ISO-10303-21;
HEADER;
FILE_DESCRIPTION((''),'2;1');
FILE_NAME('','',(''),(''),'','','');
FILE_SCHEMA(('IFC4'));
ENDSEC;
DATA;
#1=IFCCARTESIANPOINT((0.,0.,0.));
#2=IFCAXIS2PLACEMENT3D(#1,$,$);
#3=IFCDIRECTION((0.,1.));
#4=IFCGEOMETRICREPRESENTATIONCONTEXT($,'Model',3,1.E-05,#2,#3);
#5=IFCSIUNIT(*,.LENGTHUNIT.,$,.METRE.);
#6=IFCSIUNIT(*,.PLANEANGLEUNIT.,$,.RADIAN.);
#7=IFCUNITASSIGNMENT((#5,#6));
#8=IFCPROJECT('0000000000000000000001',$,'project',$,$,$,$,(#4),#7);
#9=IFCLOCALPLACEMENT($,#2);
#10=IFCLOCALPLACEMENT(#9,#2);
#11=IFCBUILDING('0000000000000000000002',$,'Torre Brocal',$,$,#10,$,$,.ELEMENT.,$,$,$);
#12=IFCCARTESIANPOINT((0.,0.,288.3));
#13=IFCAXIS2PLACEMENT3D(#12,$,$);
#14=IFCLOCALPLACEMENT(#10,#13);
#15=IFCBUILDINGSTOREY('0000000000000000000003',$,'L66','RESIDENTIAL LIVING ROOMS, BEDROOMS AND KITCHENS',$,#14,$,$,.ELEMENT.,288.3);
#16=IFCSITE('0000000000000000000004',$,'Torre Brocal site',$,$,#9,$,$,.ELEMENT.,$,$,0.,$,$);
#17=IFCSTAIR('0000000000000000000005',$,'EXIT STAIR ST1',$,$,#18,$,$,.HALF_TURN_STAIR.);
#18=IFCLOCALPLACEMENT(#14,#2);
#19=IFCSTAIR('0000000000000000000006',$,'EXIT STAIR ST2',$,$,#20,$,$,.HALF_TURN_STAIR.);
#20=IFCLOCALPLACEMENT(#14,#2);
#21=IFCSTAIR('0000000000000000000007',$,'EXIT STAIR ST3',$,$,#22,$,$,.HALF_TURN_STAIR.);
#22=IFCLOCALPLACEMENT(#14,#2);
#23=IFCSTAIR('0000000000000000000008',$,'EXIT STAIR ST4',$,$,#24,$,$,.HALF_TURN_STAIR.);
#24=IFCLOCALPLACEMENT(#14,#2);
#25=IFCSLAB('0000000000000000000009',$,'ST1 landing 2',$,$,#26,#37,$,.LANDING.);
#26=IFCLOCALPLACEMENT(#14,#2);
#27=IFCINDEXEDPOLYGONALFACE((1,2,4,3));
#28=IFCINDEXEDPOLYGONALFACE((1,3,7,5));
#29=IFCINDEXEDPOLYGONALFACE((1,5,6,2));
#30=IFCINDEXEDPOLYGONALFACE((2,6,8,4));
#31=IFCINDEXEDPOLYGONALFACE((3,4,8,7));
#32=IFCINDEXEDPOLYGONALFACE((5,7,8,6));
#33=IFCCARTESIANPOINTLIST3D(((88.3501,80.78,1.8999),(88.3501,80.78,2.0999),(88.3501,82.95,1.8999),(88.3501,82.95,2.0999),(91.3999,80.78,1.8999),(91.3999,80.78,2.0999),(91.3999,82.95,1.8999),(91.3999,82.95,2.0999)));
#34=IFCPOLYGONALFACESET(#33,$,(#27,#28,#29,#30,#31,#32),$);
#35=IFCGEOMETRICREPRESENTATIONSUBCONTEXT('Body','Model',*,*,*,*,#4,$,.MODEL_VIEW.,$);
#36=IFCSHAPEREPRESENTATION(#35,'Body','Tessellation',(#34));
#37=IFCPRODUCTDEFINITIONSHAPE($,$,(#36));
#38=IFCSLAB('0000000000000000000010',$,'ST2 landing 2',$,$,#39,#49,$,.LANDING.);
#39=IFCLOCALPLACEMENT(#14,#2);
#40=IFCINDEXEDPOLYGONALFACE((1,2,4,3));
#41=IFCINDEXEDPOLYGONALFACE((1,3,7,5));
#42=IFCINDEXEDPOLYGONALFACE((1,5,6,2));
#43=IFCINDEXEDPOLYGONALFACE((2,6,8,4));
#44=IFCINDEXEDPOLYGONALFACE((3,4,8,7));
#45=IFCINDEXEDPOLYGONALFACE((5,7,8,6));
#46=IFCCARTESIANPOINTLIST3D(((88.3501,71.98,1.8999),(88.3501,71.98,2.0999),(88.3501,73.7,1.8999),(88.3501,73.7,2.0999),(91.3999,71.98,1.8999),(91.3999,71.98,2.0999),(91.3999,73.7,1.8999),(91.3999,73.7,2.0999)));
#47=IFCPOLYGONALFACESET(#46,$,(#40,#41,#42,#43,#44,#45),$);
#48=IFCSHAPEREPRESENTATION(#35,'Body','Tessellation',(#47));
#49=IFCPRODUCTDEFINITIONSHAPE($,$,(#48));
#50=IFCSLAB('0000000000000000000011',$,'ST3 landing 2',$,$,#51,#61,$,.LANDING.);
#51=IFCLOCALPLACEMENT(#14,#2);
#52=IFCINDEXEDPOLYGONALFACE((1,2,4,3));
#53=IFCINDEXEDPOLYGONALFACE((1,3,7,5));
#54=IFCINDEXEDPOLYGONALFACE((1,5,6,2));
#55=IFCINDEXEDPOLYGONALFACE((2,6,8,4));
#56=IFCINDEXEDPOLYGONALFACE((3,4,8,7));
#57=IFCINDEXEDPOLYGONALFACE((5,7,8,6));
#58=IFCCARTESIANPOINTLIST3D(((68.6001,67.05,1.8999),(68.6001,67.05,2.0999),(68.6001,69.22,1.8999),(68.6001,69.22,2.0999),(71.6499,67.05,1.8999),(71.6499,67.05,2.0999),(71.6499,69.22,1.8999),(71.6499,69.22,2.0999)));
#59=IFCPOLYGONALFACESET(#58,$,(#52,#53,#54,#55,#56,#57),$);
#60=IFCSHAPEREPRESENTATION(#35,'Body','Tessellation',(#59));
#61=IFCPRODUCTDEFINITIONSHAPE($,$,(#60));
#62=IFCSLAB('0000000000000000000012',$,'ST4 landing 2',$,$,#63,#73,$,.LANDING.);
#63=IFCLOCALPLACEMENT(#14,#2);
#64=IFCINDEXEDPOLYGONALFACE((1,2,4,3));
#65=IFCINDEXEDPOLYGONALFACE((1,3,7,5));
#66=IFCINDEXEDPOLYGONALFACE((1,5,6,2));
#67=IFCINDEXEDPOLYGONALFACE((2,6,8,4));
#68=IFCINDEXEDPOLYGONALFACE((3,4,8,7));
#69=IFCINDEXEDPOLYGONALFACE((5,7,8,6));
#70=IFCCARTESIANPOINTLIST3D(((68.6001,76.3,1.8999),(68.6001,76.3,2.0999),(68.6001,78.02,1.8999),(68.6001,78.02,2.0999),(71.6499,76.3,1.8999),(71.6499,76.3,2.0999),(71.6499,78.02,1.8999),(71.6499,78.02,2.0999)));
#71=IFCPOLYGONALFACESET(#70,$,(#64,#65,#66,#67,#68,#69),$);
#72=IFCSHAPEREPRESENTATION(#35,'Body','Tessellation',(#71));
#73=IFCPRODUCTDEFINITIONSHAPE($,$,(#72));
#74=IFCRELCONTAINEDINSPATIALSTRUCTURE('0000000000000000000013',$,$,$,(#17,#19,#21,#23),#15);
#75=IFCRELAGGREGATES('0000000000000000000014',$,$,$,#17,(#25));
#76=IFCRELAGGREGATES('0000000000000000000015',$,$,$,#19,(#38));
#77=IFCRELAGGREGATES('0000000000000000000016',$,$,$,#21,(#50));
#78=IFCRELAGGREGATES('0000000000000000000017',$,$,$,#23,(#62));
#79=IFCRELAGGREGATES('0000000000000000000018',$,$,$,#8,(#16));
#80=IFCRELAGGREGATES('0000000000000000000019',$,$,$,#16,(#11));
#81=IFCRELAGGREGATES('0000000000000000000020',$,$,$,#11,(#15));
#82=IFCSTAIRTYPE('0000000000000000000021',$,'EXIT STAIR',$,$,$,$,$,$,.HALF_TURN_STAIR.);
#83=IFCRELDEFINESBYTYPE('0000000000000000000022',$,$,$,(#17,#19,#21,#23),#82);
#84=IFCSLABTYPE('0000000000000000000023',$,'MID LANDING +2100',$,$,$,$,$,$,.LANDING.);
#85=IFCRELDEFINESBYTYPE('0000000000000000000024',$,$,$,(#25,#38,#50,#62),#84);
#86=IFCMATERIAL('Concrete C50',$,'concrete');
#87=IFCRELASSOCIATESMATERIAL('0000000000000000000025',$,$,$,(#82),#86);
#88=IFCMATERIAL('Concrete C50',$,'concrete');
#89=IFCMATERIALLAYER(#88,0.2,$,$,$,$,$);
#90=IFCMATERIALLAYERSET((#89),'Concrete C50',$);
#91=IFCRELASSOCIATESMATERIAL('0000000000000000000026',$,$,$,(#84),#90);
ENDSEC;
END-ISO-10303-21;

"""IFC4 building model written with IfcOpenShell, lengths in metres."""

from ifc_helpers import new_model, si_unit, direction, frame, origin, place, context, subcontext, project, spatial, polyline, outline, extrude, material, layer, layer_set, type_object, element, aggregate, save


model = new_model("IFC4")

# Units and contexts
model_context = context("Model", 3, precision=1e-05, world=origin(), true_north=direction((0.0, 1.0)))
body_context = subcontext(model_context, "Body", "Model", "MODEL_VIEW")
ifc_project = project(units=[si_unit("LENGTHUNIT", "METRE"), si_unit("PLANEANGLEUNIT", "RADIAN")], contexts=[model_context])

# Site, building, storey
site_placement = place(None, origin())
site = spatial("IfcSite", under=ifc_project, at=site_placement, Name="Torre Brocal site", CompositionType="ELEMENT", RefElevation=0.0)
building_placement = place(site_placement, origin())
building = spatial("IfcBuilding", under=site, at=building_placement, Name="Torre Brocal", CompositionType="ELEMENT")
storey_placement = place(building_placement, frame((0.0, 0.0, 288.3)))
storey = spatial("IfcBuildingStorey", under=building, at=storey_placement, Name="L66", Description="RESIDENTIAL LIVING ROOMS, BEDROOMS AND KITCHENS", CompositionType="ELEMENT", Elevation=288.3)

# Stairs
ifc_material_1 = material(Name="Concrete C50", Category="concrete")
stair_type = type_object("IfcStairType", Name="EXIT STAIR", PredefinedType="HALF_TURN_STAIR", material=ifc_material_1)
stair_1_placement = place(storey_placement, origin())
stair_1 = element("IfcStair", 1, at=stair_1_placement, inside=storey, type_object=stair_type, Name="EXIT STAIR ST1", PredefinedType="HALF_TURN_STAIR")
stair_2_placement = place(storey_placement, origin())
stair_2 = element("IfcStair", 2, at=stair_2_placement, inside=storey, type_object=stair_type, Name="EXIT STAIR ST2", PredefinedType="HALF_TURN_STAIR")
stair_3_placement = place(storey_placement, origin())
stair_3 = element("IfcStair", 3, at=stair_3_placement, inside=storey, type_object=stair_type, Name="EXIT STAIR ST3", PredefinedType="HALF_TURN_STAIR")
stair_4_placement = place(storey_placement, origin())
stair_4 = element("IfcStair", 4, at=stair_4_placement, inside=storey, type_object=stair_type, Name="EXIT STAIR ST4", PredefinedType="HALF_TURN_STAIR")

# Slabs
ifc_material_2 = material(Name="Concrete C50", Category="concrete")
ifc_layer_1 = layer(ifc_material_2, 0.2)
ifc_layer_set_1 = layer_set([ifc_layer_1], Name="Concrete C50")
slab_type_1 = type_object("IfcSlabType", Name="MID LANDING +2100", PredefinedType="LANDING", material=ifc_layer_set_1)
slab_1_placement = place(storey_placement, frame((0.0, 0.0, 1.8999)))
slab_1 = element("IfcSlab", 5, at=slab_1_placement, type_object=slab_type_1, Name="ST1 landing 2", PredefinedType="LANDING", context=body_context, shape_type="SweptSolid", body=[
    extrude(outline(polyline([(88.3501, 80.78), (91.3999, 80.78), (91.3999, 82.95), (88.3501, 82.95), (88.3501, 80.78)])), origin(), (0.0, 0.0, 1.0), 0.2),
])
aggregate(stair_1, [slab_1])
slab_2_placement = place(storey_placement, frame((0.0, 0.0, 1.8999)))
slab_2 = element("IfcSlab", 6, at=slab_2_placement, type_object=slab_type_1, Name="ST2 landing 2", PredefinedType="LANDING", context=body_context, shape_type="SweptSolid", body=[
    extrude(outline(polyline([(88.3501, 71.98), (91.3999, 71.98), (91.3999, 73.7), (88.3501, 73.7), (88.3501, 71.98)])), origin(), (0.0, 0.0, 1.0), 0.2),
])
aggregate(stair_2, [slab_2])
slab_3_placement = place(storey_placement, frame((0.0, 0.0, 1.8999)))
slab_3 = element("IfcSlab", 7, at=slab_3_placement, type_object=slab_type_1, Name="ST3 landing 2", PredefinedType="LANDING", context=body_context, shape_type="SweptSolid", body=[
    extrude(outline(polyline([(71.6499, 69.22), (68.6001, 69.22), (68.6001, 67.05), (71.6499, 67.05), (71.6499, 69.22)])), origin(), (0.0, 0.0, 1.0), 0.2),
])
aggregate(stair_3, [slab_3])
slab_4_placement = place(storey_placement, frame((0.0, 0.0, 1.8999)))
slab_4 = element("IfcSlab", 8, at=slab_4_placement, type_object=slab_type_1, Name="ST4 landing 2", PredefinedType="LANDING", context=body_context, shape_type="SweptSolid", body=[
    extrude(outline(polyline([(71.6499, 78.02), (68.6001, 78.02), (68.6001, 76.3), (71.6499, 76.3), (71.6499, 78.02)])), origin(), (0.0, 0.0, 1.0), 0.2),
])
aggregate(stair_4, [slab_4])

save(model, "model.ifc")
